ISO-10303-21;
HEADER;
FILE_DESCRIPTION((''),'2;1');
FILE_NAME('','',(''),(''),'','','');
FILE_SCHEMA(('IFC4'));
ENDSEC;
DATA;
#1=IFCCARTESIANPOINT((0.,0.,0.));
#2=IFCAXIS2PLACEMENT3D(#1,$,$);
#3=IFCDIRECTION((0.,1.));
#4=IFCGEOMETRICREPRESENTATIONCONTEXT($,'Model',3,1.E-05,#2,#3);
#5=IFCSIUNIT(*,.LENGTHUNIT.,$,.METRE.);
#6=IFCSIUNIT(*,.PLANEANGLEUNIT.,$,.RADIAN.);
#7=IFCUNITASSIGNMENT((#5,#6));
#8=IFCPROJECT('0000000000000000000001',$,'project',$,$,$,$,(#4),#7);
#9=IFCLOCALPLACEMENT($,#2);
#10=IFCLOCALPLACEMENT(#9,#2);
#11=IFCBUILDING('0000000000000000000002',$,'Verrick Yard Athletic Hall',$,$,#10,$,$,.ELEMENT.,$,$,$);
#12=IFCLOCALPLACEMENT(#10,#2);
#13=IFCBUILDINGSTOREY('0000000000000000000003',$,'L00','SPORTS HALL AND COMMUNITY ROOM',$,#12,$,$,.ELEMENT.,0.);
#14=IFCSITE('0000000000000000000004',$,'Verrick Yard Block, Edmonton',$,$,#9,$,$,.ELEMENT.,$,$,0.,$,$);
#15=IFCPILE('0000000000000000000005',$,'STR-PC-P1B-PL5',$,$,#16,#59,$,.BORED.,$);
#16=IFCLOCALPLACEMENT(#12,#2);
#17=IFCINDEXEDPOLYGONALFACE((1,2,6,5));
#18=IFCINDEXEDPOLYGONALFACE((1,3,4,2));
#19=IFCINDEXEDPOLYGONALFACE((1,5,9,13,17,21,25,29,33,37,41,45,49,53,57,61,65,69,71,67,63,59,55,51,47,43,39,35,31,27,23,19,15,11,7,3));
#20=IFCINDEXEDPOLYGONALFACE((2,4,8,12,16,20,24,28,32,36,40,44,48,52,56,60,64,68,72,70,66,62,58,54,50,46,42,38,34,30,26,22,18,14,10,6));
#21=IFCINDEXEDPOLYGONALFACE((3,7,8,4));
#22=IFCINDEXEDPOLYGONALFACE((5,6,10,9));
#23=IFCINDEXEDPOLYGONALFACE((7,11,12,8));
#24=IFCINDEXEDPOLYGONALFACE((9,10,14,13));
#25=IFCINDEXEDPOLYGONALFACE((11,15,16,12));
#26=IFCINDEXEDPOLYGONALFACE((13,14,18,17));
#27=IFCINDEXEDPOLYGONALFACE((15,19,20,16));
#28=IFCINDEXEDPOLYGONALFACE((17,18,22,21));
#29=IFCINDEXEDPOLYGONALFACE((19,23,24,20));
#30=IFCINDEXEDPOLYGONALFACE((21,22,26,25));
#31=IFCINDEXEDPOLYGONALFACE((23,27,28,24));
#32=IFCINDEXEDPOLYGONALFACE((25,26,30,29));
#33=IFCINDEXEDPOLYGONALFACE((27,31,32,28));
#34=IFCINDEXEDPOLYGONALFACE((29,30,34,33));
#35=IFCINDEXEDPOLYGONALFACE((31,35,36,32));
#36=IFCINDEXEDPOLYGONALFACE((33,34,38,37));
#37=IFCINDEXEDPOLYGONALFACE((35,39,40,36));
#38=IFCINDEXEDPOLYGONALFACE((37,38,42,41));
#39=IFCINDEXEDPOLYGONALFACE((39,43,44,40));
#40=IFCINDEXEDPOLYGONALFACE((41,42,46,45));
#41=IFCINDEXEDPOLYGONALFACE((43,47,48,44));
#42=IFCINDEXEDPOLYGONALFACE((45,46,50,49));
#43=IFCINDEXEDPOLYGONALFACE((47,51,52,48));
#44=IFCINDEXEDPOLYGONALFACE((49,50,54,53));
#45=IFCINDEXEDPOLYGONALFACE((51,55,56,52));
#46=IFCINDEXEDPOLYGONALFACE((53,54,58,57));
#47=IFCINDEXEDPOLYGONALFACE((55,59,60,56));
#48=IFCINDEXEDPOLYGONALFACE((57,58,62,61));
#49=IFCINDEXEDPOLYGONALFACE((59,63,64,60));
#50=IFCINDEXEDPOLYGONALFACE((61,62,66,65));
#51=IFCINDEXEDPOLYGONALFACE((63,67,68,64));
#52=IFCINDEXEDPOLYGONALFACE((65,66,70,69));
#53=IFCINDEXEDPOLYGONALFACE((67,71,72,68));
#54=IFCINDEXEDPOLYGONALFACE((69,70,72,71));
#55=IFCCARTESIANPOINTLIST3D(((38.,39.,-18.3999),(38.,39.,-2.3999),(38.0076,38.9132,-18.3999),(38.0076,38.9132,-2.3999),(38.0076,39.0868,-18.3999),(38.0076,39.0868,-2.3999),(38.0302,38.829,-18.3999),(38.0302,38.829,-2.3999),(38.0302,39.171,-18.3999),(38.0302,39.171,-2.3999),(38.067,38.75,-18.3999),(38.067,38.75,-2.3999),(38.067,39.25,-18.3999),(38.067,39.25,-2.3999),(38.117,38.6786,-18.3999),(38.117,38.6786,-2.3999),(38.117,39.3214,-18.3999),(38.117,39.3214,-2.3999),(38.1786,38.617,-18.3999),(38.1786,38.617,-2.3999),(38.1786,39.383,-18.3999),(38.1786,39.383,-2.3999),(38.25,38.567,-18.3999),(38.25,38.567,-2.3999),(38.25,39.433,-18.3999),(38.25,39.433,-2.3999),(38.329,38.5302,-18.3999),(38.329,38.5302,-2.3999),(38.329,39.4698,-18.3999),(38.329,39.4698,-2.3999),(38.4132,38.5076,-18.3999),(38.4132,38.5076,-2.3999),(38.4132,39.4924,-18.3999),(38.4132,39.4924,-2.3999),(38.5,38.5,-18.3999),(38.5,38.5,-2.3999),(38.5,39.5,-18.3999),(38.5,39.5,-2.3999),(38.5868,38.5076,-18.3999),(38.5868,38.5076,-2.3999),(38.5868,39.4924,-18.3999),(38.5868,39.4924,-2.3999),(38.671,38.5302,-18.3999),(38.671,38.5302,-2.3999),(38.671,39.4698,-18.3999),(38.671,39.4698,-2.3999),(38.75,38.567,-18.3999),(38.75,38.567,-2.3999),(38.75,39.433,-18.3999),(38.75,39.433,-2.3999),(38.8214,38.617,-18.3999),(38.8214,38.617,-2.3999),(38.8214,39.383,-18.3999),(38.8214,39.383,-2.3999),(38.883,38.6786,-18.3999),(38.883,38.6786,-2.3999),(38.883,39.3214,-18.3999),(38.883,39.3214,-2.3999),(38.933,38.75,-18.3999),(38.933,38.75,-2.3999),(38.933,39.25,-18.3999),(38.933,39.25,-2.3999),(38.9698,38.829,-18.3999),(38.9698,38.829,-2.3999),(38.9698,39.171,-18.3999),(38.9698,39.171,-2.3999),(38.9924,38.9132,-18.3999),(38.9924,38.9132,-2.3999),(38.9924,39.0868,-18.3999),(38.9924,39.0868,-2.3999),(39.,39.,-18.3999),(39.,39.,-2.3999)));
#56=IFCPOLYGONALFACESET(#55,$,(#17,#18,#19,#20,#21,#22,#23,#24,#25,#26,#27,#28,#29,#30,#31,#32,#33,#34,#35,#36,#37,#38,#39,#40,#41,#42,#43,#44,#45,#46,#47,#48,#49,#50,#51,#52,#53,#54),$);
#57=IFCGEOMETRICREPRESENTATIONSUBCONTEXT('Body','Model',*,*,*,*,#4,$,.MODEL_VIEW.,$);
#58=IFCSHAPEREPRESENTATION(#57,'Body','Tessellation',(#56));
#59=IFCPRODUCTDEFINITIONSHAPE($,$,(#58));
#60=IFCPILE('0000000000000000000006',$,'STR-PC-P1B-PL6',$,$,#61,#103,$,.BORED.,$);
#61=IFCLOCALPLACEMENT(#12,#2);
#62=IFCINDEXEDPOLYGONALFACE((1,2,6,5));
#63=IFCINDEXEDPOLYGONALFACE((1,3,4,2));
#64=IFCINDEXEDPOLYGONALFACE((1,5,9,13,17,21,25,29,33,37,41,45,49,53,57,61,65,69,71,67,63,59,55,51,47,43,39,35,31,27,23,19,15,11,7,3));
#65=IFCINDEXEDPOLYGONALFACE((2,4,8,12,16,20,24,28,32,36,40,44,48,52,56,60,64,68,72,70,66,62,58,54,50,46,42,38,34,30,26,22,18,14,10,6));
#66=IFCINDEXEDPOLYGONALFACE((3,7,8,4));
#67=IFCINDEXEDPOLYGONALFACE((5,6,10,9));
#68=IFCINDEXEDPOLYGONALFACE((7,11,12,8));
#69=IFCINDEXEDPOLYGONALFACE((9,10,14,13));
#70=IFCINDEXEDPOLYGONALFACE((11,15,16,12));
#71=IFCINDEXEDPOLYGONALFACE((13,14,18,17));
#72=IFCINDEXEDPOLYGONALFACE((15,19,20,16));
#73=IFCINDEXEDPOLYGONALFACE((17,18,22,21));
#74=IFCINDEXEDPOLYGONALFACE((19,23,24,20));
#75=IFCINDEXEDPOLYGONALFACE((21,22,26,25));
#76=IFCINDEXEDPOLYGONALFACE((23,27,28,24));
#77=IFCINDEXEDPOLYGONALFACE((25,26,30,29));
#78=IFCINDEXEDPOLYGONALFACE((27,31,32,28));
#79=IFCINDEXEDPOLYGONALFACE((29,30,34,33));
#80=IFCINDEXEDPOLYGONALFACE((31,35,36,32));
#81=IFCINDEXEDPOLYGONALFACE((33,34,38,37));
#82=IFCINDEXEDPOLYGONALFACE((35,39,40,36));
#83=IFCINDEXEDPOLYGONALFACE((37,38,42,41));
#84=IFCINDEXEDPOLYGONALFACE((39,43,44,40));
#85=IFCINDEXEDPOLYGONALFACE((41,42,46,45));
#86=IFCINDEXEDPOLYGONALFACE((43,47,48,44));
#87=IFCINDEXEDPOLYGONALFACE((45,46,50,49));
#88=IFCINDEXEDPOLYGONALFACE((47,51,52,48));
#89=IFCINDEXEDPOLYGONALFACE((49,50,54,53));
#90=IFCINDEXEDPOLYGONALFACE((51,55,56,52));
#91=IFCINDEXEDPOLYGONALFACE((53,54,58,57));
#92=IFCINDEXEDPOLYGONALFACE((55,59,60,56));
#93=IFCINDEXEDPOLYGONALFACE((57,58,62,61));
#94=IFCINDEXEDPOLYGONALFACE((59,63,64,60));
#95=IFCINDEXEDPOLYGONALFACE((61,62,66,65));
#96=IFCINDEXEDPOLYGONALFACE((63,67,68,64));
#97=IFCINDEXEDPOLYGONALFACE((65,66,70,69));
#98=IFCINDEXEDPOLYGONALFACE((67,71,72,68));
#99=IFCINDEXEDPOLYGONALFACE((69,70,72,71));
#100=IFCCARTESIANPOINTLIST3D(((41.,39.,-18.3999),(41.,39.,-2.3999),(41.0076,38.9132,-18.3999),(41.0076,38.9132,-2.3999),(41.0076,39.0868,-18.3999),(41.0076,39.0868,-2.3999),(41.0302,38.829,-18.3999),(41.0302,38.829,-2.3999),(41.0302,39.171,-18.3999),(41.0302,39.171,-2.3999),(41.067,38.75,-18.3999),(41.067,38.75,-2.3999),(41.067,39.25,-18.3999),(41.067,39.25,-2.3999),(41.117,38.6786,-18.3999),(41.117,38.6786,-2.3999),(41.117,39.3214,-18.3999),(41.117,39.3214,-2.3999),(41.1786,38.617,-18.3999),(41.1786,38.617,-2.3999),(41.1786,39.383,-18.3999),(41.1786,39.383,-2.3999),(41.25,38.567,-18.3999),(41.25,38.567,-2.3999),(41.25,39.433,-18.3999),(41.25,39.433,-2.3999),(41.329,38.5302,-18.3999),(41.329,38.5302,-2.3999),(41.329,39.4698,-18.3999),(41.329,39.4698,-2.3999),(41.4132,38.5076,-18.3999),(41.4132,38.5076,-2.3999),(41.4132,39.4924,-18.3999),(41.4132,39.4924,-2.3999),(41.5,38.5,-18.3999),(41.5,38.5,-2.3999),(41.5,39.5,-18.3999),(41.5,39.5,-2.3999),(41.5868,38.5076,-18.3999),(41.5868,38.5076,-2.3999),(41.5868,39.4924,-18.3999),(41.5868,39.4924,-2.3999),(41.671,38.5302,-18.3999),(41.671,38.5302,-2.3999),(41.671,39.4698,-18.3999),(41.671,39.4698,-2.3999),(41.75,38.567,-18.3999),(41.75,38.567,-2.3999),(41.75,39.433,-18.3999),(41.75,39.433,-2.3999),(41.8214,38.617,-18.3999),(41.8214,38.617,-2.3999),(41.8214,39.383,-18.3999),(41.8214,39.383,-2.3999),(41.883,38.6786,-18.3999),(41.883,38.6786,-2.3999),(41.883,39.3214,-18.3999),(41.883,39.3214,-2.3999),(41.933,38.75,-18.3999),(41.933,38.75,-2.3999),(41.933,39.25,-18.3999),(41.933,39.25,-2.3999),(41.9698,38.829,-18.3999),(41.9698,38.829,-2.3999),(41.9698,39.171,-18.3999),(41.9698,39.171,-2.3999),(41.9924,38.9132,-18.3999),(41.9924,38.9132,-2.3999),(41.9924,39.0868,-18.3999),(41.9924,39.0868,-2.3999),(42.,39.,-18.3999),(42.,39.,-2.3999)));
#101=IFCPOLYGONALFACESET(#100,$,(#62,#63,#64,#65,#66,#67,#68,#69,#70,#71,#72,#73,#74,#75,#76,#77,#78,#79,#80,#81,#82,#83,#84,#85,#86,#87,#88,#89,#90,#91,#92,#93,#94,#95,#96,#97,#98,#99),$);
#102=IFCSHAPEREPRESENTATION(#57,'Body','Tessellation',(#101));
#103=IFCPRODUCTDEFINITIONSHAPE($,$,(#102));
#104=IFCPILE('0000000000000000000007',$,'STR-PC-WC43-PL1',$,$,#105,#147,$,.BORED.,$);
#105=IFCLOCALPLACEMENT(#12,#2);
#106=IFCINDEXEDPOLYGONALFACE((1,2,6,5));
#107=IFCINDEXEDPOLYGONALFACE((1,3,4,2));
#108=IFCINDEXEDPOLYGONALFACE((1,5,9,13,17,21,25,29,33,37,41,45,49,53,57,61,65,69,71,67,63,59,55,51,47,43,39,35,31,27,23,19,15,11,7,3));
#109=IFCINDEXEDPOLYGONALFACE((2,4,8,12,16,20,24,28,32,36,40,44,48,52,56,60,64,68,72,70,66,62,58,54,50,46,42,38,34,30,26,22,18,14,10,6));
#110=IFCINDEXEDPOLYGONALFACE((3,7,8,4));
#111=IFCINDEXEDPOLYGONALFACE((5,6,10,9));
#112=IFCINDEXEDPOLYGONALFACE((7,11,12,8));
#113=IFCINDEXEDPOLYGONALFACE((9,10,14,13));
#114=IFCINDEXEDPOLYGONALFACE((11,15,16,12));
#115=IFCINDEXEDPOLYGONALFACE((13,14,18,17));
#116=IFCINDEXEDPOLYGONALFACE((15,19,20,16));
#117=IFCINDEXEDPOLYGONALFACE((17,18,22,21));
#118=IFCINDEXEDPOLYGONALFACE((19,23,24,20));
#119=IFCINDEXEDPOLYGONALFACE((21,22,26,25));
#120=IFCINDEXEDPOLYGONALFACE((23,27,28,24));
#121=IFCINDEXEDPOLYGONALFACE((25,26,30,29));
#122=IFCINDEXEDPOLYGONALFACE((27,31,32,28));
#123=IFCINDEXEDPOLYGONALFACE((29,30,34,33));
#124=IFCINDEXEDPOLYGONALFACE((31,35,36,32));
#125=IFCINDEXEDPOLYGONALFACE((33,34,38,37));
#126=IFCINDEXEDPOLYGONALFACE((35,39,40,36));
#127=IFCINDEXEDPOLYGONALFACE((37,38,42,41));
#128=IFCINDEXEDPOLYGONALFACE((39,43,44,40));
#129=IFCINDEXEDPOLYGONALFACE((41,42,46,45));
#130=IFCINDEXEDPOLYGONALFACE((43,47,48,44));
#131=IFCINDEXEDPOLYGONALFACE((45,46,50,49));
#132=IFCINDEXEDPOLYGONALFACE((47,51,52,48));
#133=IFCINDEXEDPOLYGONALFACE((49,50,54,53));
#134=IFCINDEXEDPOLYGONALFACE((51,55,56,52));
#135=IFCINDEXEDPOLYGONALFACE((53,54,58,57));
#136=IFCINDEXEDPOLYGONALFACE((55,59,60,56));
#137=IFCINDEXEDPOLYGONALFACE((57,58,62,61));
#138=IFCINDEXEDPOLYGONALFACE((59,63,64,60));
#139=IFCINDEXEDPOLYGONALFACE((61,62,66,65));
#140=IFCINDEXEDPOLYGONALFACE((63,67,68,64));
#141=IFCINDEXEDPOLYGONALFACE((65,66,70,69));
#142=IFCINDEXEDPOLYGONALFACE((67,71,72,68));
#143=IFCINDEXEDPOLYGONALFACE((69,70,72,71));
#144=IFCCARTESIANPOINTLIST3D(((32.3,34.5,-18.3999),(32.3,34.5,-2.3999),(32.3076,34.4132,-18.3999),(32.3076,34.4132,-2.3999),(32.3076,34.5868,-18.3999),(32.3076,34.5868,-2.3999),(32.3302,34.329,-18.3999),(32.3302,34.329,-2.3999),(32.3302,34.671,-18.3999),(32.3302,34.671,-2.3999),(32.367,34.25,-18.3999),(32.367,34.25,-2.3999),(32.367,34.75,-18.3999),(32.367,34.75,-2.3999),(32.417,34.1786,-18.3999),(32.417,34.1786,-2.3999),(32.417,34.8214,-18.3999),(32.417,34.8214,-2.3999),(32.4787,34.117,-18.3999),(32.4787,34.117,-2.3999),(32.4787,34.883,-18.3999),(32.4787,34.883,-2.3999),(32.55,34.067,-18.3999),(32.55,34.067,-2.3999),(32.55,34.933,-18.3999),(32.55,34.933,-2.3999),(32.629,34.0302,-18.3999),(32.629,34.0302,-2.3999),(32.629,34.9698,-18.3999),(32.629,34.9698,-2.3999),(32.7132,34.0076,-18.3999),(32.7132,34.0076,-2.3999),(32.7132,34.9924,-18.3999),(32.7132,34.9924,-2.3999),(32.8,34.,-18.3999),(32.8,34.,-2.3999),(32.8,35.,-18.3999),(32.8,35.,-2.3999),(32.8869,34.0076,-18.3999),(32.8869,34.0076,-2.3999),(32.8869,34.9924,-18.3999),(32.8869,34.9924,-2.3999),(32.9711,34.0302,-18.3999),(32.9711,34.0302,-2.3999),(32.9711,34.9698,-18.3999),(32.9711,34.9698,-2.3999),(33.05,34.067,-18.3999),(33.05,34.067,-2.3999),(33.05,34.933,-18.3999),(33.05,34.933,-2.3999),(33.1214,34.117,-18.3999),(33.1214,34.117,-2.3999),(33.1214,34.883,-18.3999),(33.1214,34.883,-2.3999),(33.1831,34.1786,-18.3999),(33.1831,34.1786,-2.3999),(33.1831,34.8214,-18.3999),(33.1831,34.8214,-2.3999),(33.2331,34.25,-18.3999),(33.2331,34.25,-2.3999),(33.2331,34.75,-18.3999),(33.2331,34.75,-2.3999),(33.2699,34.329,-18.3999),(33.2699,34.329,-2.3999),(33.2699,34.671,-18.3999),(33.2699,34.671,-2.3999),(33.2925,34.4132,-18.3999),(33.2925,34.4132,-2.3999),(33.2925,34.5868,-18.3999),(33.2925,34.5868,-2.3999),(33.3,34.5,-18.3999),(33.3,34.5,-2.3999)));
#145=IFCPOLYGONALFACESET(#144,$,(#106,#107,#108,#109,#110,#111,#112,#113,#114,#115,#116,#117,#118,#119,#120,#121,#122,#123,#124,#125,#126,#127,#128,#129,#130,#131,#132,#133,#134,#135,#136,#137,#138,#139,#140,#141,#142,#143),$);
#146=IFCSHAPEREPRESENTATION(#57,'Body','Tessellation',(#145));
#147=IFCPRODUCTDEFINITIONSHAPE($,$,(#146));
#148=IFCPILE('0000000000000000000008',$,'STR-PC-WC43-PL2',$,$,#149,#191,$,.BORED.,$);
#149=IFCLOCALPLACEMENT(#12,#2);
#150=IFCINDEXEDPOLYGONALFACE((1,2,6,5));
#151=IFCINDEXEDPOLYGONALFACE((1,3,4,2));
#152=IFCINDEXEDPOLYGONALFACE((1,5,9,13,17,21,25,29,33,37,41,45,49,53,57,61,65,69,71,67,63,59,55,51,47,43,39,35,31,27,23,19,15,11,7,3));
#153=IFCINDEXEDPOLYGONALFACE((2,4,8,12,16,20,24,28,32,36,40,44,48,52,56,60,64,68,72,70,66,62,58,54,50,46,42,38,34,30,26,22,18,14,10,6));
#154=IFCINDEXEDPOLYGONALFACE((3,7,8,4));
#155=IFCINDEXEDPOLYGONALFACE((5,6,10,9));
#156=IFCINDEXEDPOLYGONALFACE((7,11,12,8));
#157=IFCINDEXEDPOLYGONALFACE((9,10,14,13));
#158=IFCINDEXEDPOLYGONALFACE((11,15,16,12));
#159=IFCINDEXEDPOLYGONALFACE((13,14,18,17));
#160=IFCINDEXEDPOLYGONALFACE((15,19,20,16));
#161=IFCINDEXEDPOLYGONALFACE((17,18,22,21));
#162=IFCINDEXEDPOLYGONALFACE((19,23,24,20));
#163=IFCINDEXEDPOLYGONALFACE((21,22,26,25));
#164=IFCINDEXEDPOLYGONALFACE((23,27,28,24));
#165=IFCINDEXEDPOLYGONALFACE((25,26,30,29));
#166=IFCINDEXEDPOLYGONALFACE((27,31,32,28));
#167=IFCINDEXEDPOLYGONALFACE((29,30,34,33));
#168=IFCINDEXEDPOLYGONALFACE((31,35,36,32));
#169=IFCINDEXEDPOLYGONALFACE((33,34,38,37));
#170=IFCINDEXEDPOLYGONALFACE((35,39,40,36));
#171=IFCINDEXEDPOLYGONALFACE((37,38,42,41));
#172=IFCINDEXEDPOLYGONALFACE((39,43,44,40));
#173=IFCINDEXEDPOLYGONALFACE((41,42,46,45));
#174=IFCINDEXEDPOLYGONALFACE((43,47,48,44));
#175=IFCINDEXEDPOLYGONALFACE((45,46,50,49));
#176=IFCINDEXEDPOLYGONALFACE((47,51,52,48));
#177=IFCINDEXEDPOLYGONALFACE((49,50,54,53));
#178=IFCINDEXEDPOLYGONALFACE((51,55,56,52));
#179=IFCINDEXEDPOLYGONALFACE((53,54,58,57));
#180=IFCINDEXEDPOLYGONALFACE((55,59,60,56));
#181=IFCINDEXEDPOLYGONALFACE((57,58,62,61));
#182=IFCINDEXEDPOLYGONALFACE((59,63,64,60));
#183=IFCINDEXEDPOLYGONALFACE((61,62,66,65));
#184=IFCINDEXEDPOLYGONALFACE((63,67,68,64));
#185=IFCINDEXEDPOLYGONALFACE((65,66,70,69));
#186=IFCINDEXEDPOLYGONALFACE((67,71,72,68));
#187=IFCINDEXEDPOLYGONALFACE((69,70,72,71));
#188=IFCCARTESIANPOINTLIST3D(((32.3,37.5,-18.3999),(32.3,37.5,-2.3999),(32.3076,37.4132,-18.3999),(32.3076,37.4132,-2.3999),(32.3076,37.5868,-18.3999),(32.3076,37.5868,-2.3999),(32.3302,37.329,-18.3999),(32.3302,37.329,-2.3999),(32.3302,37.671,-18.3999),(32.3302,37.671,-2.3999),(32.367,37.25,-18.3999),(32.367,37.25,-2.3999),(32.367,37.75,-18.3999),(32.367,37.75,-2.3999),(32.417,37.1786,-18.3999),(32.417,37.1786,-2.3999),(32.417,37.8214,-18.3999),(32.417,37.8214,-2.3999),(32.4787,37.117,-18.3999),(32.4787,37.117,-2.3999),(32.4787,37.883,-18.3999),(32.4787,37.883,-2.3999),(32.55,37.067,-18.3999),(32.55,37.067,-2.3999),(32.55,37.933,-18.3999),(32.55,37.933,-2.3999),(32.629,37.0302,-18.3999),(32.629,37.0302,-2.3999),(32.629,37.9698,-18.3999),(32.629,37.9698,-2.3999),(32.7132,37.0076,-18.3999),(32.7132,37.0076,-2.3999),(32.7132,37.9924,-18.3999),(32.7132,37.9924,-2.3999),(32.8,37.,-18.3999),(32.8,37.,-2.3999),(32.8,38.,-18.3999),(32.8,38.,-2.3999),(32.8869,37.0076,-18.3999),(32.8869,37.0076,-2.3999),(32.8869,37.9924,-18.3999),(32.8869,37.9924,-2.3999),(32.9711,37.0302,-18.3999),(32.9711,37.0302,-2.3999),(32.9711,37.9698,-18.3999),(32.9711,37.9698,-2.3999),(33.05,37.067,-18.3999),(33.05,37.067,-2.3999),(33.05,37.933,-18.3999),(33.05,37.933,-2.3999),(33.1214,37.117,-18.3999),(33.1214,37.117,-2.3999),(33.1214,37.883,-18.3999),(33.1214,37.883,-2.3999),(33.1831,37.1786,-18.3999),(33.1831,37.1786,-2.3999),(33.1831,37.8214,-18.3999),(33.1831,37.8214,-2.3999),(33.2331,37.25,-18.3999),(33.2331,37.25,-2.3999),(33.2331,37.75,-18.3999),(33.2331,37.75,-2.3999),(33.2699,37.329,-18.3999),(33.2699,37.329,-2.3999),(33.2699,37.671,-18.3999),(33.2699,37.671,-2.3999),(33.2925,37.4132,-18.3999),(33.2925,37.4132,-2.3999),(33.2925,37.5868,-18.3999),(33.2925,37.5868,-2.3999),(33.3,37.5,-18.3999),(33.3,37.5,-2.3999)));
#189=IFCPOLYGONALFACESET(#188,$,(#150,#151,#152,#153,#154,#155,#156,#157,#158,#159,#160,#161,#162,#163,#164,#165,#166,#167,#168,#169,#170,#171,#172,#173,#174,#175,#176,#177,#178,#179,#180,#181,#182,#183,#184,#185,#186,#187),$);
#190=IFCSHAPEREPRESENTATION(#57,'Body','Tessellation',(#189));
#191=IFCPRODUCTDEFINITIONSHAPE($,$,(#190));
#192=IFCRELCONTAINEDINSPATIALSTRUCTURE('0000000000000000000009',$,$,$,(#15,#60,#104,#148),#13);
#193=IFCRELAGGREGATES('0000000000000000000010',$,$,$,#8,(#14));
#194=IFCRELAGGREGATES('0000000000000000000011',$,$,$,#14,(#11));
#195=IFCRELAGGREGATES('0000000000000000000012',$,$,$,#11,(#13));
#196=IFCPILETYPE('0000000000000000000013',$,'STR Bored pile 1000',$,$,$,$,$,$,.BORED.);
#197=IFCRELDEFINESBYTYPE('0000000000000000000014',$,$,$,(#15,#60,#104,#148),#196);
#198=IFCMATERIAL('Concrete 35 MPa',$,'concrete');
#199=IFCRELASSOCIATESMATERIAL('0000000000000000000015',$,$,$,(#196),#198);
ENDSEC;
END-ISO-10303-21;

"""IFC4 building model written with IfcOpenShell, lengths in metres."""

from ifc_helpers import new_model, si_unit, direction, frame, origin, origin_2d, place, context, subcontext, project, spatial, circle, extrude, material, type_object, element, save


model = new_model("IFC4")

# Units and contexts
model_context = context("Model", 3, precision=1e-05, world=origin(), true_north=direction((0.0, 1.0)))
body_context = subcontext(model_context, "Body", "Model", "MODEL_VIEW")
ifc_project = project(units=[si_unit("LENGTHUNIT", "METRE"), si_unit("PLANEANGLEUNIT", "RADIAN")], contexts=[model_context])

# Site, building, storey
site_placement = place(None, origin())
site = spatial("IfcSite", under=ifc_project, at=site_placement, Name="Verrick Yard Block, Edmonton", CompositionType="ELEMENT", RefElevation=0.0)
building_placement = place(site_placement, origin())
building = spatial("IfcBuilding", under=site, at=building_placement, Name="Verrick Yard Athletic Hall", CompositionType="ELEMENT")
storey_placement = place(building_placement, origin())
storey = spatial("IfcBuildingStorey", under=building, at=storey_placement, Name="L00", Description="SPORTS HALL AND COMMUNITY ROOM", CompositionType="ELEMENT", Elevation=0.0)

# Piles
ifc_material_1 = material(Name="Concrete 35 MPa", Category="concrete")
pile_type = type_object("IfcPileType", Name="STR Bored pile 1000", PredefinedType="BORED", material=ifc_material_1)
for number, where, z_axis, x_axis, name in (
    (1, (38.5, 39.0, -2.3999), (0.0, 0.0, -1.0), (1.0, 0.0, 0.0), "STR-PC-P1B-PL5"),
    (2, (41.5, 39.0, -2.3999), (0.0, 0.0, -1.0), (1.0, 0.0, 0.0), "STR-PC-P1B-PL6"),
    (3, (32.8, 34.5, -2.3999), (0.0, 0.0, -1.0), (1.0, 0.0, 0.0), "STR-PC-WC43-PL1"),
    (4, (32.8, 37.5, -2.3999), (0.0, 0.0, -1.0), (1.0, 0.0, 0.0), "STR-PC-WC43-PL2"),
):
    element("IfcPile", number, at=place(storey_placement, frame(where, z_axis=z_axis, x_axis=x_axis)), inside=storey, type_object=pile_type, Name=name, PredefinedType="BORED", context=body_context, shape_type="SweptSolid", body=[
        extrude(circle(Radius=0.5, at=origin_2d()), origin(), (0.0, 0.0, 1.0), 16.0),
    ])

save(model, "model.ifc")
